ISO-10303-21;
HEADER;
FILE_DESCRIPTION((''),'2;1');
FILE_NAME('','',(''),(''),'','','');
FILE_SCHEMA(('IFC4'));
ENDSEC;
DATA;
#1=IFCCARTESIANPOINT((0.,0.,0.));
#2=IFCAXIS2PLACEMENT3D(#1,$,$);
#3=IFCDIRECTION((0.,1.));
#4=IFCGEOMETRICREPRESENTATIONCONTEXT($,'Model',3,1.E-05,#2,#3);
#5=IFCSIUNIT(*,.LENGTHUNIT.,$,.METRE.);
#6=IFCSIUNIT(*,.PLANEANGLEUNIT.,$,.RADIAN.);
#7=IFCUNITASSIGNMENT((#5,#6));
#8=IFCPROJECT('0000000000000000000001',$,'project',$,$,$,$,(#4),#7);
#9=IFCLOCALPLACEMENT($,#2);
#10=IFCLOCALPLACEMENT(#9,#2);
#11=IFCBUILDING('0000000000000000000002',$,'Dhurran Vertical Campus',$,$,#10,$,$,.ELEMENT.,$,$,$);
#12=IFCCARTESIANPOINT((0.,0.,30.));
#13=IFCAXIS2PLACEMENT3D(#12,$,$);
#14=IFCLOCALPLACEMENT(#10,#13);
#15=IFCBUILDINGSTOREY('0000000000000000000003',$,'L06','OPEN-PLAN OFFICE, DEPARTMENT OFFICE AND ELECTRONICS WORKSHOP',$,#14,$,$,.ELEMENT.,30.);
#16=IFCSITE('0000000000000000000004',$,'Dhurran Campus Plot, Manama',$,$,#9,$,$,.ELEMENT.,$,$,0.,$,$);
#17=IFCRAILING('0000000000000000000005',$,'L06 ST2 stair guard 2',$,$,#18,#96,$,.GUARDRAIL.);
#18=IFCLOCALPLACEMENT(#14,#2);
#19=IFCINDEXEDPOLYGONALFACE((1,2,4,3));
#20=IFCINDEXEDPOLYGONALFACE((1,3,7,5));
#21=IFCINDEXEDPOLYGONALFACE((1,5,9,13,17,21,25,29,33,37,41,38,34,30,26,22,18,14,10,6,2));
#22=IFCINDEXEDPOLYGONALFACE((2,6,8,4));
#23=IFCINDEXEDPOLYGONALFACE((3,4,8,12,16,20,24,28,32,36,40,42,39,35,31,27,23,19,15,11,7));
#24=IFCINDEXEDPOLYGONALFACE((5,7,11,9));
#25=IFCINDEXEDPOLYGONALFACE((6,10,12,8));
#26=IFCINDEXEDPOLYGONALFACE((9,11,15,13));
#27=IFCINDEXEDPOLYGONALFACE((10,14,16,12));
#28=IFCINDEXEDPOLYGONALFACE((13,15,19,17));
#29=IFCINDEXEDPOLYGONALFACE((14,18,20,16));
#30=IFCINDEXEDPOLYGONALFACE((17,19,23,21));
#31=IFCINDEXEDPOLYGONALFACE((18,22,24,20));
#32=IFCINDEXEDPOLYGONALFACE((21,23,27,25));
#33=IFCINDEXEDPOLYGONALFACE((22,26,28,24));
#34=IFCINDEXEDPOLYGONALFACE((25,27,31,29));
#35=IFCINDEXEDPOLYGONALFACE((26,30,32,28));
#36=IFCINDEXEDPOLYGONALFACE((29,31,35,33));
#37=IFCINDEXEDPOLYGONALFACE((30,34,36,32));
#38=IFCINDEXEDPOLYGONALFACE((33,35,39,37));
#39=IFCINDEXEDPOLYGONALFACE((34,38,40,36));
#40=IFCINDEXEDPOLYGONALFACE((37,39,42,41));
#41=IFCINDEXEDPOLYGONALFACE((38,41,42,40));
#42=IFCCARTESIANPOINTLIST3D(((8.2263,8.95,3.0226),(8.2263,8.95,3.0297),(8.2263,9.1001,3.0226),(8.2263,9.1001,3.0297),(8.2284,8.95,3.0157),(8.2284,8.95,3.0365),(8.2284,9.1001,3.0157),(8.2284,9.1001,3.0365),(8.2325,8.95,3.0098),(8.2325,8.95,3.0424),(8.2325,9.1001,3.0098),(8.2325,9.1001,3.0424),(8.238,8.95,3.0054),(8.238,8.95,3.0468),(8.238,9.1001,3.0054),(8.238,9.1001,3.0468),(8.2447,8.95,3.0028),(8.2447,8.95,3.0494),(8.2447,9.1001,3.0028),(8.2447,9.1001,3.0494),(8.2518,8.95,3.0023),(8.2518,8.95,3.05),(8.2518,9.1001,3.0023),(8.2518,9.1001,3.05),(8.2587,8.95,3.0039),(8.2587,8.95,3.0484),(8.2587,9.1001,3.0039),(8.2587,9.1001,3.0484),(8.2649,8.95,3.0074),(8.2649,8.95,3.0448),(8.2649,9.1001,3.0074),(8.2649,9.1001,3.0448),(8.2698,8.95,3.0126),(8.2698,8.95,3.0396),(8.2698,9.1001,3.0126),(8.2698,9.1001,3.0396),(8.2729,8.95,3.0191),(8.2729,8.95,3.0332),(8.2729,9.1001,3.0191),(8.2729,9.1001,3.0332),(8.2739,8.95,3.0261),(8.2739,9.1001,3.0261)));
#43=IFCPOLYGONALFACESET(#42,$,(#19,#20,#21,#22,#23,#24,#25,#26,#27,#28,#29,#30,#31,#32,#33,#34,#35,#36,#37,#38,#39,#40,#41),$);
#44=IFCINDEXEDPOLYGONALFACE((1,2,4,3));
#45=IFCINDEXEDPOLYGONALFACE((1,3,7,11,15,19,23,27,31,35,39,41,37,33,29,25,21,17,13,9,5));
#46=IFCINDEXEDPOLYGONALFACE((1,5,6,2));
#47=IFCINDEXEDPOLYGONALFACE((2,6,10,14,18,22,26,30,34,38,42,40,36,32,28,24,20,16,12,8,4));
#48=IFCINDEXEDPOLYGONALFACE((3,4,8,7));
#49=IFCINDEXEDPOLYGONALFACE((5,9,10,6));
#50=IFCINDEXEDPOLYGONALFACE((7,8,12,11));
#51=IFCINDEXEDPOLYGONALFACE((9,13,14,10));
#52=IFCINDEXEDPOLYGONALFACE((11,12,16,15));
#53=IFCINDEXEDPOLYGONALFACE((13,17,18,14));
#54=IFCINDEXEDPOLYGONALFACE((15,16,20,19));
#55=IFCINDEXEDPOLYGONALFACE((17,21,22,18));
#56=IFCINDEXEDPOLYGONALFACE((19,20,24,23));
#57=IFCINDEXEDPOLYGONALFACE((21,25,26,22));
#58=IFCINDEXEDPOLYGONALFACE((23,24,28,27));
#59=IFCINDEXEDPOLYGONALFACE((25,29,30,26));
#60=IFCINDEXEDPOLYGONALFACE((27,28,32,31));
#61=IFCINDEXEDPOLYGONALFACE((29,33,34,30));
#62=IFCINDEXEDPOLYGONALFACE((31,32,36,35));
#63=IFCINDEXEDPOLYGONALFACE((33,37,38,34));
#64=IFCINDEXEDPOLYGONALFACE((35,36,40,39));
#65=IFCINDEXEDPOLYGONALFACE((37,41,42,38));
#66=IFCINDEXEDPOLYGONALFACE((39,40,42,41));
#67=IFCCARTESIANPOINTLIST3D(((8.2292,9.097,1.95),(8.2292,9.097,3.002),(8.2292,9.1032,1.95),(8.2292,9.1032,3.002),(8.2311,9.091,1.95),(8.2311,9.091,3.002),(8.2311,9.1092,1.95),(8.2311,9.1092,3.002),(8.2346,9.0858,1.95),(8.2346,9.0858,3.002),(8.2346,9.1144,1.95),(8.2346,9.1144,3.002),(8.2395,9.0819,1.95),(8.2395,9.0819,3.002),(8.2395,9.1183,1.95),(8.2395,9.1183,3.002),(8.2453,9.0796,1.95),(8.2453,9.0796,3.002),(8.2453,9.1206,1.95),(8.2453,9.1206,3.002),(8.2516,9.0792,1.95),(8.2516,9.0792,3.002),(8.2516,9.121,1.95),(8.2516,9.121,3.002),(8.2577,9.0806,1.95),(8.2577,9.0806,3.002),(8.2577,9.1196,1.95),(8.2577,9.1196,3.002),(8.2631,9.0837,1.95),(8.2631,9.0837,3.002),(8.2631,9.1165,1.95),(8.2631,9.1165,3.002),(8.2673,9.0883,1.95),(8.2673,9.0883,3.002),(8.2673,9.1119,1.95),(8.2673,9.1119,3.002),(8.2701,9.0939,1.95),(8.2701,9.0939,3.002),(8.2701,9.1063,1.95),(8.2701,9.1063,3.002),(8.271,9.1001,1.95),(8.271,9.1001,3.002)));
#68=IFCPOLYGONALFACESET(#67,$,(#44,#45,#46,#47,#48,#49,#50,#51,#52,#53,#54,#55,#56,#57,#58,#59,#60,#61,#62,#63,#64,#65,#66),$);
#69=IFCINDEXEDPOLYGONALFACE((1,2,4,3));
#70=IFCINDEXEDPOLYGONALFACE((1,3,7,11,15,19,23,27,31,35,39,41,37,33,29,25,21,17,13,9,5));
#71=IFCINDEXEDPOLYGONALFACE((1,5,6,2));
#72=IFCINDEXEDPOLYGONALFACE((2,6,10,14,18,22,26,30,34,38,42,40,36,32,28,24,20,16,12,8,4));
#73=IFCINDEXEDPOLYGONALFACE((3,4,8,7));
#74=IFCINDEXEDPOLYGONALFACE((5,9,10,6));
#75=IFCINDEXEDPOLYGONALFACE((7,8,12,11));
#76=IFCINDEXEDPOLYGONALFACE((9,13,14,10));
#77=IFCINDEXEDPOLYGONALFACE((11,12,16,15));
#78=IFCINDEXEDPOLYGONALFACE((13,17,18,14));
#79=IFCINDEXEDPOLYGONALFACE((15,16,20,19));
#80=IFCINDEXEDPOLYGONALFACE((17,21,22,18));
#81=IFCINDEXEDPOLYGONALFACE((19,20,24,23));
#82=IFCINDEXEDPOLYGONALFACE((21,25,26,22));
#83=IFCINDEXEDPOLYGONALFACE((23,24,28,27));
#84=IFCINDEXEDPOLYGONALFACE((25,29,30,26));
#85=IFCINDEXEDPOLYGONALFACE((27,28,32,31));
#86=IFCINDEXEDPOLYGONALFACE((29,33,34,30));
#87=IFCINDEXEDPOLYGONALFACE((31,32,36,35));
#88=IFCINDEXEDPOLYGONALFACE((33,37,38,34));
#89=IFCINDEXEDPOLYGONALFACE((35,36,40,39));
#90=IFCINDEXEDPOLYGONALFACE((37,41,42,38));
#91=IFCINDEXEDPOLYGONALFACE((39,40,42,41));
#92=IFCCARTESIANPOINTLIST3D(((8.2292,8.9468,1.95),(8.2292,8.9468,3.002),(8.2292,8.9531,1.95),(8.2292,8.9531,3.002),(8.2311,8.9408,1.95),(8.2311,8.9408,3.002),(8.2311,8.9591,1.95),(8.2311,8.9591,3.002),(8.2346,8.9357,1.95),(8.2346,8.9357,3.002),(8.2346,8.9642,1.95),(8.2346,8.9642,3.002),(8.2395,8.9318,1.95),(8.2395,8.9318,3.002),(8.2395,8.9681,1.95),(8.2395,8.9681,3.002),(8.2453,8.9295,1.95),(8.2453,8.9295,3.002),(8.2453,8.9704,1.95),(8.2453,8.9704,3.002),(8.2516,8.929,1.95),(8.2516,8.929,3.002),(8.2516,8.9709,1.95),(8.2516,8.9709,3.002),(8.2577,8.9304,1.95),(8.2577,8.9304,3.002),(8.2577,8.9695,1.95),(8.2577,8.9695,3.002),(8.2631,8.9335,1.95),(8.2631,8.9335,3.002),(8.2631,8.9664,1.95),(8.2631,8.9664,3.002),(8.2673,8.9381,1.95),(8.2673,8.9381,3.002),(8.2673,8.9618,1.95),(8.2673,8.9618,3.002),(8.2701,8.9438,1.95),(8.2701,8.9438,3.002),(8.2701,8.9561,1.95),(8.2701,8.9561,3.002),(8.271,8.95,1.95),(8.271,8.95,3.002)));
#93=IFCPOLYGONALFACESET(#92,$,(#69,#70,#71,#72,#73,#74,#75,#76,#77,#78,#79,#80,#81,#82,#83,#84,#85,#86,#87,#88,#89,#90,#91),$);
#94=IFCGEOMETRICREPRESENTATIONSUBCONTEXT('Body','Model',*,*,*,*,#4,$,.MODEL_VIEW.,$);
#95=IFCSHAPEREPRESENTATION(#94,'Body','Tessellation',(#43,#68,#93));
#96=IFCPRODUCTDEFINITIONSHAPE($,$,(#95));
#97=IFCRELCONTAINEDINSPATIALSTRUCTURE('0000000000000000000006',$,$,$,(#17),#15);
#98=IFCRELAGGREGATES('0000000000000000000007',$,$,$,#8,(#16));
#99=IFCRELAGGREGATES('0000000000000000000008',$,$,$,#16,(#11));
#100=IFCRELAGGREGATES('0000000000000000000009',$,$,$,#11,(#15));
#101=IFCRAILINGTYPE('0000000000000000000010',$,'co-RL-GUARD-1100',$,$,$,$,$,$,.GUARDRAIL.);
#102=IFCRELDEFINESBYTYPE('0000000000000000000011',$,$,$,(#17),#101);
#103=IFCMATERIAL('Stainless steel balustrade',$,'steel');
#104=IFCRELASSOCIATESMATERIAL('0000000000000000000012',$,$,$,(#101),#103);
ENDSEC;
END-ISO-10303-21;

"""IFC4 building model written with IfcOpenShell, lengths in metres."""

from ifc_helpers import new_model, si_unit, direction, frame, origin, origin_2d, place, context, subcontext, project, spatial, circle, extrude, material, type_object, element, save


model = new_model("IFC4")

# Units and contexts
model_context = context("Model", 3, precision=1e-05, world=origin(), true_north=direction((0.0, 1.0)))
body_context = subcontext(model_context, "Body", "Model", "MODEL_VIEW")
ifc_project = project(units=[si_unit("LENGTHUNIT", "METRE"), si_unit("PLANEANGLEUNIT", "RADIAN")], contexts=[model_context])

# Site, building, storey
site_placement = place(None, origin())
site = spatial("IfcSite", under=ifc_project, at=site_placement, Name="Dhurran Campus Plot, Manama", CompositionType="ELEMENT", RefElevation=0.0)
building_placement = place(site_placement, origin())
building = spatial("IfcBuilding", under=site, at=building_placement, Name="Dhurran Vertical Campus", CompositionType="ELEMENT")
storey_placement = place(building_placement, frame((0.0, 0.0, 30.0)))
storey = spatial("IfcBuildingStorey", under=building, at=storey_placement, Name="L06", Description="OPEN-PLAN OFFICE, DEPARTMENT OFFICE AND ELECTRONICS WORKSHOP", CompositionType="ELEMENT", Elevation=30.0)

# Railing
ifc_material_1 = material(Name="Stainless steel balustrade", Category="steel")
railing_type_1 = type_object("IfcRailingType", Name="co-RL-GUARD-1100", PredefinedType="GUARDRAIL", material=ifc_material_1)
railing_1_placement = place(storey_placement, frame((8.25, 9.1001, 1.95)))
element("IfcRailing", 1, at=railing_1_placement, inside=storey, type_object=railing_type_1, Name="L06 ST2 stair guard 2", PredefinedType="GUARDRAIL", context=body_context, shape_type="SweptSolid", body=[
    extrude(circle(Radius=0.0239, at=origin_2d()), frame((0.0, 0.0, 1.0762), z_axis=(0.0, -1.0, 0.0), x_axis=(1.0, 0.0, 0.0)), (0.0, 0.0, 1.0), 0.1501),
    extrude(circle(Radius=0.021, at=origin_2d()), origin(), (0.0, 0.0, 1.0), 1.052),
    extrude(circle(Radius=0.021, at=origin_2d()), frame((0.0, -0.1501, 0.0)), (0.0, 0.0, 1.0), 1.052),
])

save(model, "model.ifc")
